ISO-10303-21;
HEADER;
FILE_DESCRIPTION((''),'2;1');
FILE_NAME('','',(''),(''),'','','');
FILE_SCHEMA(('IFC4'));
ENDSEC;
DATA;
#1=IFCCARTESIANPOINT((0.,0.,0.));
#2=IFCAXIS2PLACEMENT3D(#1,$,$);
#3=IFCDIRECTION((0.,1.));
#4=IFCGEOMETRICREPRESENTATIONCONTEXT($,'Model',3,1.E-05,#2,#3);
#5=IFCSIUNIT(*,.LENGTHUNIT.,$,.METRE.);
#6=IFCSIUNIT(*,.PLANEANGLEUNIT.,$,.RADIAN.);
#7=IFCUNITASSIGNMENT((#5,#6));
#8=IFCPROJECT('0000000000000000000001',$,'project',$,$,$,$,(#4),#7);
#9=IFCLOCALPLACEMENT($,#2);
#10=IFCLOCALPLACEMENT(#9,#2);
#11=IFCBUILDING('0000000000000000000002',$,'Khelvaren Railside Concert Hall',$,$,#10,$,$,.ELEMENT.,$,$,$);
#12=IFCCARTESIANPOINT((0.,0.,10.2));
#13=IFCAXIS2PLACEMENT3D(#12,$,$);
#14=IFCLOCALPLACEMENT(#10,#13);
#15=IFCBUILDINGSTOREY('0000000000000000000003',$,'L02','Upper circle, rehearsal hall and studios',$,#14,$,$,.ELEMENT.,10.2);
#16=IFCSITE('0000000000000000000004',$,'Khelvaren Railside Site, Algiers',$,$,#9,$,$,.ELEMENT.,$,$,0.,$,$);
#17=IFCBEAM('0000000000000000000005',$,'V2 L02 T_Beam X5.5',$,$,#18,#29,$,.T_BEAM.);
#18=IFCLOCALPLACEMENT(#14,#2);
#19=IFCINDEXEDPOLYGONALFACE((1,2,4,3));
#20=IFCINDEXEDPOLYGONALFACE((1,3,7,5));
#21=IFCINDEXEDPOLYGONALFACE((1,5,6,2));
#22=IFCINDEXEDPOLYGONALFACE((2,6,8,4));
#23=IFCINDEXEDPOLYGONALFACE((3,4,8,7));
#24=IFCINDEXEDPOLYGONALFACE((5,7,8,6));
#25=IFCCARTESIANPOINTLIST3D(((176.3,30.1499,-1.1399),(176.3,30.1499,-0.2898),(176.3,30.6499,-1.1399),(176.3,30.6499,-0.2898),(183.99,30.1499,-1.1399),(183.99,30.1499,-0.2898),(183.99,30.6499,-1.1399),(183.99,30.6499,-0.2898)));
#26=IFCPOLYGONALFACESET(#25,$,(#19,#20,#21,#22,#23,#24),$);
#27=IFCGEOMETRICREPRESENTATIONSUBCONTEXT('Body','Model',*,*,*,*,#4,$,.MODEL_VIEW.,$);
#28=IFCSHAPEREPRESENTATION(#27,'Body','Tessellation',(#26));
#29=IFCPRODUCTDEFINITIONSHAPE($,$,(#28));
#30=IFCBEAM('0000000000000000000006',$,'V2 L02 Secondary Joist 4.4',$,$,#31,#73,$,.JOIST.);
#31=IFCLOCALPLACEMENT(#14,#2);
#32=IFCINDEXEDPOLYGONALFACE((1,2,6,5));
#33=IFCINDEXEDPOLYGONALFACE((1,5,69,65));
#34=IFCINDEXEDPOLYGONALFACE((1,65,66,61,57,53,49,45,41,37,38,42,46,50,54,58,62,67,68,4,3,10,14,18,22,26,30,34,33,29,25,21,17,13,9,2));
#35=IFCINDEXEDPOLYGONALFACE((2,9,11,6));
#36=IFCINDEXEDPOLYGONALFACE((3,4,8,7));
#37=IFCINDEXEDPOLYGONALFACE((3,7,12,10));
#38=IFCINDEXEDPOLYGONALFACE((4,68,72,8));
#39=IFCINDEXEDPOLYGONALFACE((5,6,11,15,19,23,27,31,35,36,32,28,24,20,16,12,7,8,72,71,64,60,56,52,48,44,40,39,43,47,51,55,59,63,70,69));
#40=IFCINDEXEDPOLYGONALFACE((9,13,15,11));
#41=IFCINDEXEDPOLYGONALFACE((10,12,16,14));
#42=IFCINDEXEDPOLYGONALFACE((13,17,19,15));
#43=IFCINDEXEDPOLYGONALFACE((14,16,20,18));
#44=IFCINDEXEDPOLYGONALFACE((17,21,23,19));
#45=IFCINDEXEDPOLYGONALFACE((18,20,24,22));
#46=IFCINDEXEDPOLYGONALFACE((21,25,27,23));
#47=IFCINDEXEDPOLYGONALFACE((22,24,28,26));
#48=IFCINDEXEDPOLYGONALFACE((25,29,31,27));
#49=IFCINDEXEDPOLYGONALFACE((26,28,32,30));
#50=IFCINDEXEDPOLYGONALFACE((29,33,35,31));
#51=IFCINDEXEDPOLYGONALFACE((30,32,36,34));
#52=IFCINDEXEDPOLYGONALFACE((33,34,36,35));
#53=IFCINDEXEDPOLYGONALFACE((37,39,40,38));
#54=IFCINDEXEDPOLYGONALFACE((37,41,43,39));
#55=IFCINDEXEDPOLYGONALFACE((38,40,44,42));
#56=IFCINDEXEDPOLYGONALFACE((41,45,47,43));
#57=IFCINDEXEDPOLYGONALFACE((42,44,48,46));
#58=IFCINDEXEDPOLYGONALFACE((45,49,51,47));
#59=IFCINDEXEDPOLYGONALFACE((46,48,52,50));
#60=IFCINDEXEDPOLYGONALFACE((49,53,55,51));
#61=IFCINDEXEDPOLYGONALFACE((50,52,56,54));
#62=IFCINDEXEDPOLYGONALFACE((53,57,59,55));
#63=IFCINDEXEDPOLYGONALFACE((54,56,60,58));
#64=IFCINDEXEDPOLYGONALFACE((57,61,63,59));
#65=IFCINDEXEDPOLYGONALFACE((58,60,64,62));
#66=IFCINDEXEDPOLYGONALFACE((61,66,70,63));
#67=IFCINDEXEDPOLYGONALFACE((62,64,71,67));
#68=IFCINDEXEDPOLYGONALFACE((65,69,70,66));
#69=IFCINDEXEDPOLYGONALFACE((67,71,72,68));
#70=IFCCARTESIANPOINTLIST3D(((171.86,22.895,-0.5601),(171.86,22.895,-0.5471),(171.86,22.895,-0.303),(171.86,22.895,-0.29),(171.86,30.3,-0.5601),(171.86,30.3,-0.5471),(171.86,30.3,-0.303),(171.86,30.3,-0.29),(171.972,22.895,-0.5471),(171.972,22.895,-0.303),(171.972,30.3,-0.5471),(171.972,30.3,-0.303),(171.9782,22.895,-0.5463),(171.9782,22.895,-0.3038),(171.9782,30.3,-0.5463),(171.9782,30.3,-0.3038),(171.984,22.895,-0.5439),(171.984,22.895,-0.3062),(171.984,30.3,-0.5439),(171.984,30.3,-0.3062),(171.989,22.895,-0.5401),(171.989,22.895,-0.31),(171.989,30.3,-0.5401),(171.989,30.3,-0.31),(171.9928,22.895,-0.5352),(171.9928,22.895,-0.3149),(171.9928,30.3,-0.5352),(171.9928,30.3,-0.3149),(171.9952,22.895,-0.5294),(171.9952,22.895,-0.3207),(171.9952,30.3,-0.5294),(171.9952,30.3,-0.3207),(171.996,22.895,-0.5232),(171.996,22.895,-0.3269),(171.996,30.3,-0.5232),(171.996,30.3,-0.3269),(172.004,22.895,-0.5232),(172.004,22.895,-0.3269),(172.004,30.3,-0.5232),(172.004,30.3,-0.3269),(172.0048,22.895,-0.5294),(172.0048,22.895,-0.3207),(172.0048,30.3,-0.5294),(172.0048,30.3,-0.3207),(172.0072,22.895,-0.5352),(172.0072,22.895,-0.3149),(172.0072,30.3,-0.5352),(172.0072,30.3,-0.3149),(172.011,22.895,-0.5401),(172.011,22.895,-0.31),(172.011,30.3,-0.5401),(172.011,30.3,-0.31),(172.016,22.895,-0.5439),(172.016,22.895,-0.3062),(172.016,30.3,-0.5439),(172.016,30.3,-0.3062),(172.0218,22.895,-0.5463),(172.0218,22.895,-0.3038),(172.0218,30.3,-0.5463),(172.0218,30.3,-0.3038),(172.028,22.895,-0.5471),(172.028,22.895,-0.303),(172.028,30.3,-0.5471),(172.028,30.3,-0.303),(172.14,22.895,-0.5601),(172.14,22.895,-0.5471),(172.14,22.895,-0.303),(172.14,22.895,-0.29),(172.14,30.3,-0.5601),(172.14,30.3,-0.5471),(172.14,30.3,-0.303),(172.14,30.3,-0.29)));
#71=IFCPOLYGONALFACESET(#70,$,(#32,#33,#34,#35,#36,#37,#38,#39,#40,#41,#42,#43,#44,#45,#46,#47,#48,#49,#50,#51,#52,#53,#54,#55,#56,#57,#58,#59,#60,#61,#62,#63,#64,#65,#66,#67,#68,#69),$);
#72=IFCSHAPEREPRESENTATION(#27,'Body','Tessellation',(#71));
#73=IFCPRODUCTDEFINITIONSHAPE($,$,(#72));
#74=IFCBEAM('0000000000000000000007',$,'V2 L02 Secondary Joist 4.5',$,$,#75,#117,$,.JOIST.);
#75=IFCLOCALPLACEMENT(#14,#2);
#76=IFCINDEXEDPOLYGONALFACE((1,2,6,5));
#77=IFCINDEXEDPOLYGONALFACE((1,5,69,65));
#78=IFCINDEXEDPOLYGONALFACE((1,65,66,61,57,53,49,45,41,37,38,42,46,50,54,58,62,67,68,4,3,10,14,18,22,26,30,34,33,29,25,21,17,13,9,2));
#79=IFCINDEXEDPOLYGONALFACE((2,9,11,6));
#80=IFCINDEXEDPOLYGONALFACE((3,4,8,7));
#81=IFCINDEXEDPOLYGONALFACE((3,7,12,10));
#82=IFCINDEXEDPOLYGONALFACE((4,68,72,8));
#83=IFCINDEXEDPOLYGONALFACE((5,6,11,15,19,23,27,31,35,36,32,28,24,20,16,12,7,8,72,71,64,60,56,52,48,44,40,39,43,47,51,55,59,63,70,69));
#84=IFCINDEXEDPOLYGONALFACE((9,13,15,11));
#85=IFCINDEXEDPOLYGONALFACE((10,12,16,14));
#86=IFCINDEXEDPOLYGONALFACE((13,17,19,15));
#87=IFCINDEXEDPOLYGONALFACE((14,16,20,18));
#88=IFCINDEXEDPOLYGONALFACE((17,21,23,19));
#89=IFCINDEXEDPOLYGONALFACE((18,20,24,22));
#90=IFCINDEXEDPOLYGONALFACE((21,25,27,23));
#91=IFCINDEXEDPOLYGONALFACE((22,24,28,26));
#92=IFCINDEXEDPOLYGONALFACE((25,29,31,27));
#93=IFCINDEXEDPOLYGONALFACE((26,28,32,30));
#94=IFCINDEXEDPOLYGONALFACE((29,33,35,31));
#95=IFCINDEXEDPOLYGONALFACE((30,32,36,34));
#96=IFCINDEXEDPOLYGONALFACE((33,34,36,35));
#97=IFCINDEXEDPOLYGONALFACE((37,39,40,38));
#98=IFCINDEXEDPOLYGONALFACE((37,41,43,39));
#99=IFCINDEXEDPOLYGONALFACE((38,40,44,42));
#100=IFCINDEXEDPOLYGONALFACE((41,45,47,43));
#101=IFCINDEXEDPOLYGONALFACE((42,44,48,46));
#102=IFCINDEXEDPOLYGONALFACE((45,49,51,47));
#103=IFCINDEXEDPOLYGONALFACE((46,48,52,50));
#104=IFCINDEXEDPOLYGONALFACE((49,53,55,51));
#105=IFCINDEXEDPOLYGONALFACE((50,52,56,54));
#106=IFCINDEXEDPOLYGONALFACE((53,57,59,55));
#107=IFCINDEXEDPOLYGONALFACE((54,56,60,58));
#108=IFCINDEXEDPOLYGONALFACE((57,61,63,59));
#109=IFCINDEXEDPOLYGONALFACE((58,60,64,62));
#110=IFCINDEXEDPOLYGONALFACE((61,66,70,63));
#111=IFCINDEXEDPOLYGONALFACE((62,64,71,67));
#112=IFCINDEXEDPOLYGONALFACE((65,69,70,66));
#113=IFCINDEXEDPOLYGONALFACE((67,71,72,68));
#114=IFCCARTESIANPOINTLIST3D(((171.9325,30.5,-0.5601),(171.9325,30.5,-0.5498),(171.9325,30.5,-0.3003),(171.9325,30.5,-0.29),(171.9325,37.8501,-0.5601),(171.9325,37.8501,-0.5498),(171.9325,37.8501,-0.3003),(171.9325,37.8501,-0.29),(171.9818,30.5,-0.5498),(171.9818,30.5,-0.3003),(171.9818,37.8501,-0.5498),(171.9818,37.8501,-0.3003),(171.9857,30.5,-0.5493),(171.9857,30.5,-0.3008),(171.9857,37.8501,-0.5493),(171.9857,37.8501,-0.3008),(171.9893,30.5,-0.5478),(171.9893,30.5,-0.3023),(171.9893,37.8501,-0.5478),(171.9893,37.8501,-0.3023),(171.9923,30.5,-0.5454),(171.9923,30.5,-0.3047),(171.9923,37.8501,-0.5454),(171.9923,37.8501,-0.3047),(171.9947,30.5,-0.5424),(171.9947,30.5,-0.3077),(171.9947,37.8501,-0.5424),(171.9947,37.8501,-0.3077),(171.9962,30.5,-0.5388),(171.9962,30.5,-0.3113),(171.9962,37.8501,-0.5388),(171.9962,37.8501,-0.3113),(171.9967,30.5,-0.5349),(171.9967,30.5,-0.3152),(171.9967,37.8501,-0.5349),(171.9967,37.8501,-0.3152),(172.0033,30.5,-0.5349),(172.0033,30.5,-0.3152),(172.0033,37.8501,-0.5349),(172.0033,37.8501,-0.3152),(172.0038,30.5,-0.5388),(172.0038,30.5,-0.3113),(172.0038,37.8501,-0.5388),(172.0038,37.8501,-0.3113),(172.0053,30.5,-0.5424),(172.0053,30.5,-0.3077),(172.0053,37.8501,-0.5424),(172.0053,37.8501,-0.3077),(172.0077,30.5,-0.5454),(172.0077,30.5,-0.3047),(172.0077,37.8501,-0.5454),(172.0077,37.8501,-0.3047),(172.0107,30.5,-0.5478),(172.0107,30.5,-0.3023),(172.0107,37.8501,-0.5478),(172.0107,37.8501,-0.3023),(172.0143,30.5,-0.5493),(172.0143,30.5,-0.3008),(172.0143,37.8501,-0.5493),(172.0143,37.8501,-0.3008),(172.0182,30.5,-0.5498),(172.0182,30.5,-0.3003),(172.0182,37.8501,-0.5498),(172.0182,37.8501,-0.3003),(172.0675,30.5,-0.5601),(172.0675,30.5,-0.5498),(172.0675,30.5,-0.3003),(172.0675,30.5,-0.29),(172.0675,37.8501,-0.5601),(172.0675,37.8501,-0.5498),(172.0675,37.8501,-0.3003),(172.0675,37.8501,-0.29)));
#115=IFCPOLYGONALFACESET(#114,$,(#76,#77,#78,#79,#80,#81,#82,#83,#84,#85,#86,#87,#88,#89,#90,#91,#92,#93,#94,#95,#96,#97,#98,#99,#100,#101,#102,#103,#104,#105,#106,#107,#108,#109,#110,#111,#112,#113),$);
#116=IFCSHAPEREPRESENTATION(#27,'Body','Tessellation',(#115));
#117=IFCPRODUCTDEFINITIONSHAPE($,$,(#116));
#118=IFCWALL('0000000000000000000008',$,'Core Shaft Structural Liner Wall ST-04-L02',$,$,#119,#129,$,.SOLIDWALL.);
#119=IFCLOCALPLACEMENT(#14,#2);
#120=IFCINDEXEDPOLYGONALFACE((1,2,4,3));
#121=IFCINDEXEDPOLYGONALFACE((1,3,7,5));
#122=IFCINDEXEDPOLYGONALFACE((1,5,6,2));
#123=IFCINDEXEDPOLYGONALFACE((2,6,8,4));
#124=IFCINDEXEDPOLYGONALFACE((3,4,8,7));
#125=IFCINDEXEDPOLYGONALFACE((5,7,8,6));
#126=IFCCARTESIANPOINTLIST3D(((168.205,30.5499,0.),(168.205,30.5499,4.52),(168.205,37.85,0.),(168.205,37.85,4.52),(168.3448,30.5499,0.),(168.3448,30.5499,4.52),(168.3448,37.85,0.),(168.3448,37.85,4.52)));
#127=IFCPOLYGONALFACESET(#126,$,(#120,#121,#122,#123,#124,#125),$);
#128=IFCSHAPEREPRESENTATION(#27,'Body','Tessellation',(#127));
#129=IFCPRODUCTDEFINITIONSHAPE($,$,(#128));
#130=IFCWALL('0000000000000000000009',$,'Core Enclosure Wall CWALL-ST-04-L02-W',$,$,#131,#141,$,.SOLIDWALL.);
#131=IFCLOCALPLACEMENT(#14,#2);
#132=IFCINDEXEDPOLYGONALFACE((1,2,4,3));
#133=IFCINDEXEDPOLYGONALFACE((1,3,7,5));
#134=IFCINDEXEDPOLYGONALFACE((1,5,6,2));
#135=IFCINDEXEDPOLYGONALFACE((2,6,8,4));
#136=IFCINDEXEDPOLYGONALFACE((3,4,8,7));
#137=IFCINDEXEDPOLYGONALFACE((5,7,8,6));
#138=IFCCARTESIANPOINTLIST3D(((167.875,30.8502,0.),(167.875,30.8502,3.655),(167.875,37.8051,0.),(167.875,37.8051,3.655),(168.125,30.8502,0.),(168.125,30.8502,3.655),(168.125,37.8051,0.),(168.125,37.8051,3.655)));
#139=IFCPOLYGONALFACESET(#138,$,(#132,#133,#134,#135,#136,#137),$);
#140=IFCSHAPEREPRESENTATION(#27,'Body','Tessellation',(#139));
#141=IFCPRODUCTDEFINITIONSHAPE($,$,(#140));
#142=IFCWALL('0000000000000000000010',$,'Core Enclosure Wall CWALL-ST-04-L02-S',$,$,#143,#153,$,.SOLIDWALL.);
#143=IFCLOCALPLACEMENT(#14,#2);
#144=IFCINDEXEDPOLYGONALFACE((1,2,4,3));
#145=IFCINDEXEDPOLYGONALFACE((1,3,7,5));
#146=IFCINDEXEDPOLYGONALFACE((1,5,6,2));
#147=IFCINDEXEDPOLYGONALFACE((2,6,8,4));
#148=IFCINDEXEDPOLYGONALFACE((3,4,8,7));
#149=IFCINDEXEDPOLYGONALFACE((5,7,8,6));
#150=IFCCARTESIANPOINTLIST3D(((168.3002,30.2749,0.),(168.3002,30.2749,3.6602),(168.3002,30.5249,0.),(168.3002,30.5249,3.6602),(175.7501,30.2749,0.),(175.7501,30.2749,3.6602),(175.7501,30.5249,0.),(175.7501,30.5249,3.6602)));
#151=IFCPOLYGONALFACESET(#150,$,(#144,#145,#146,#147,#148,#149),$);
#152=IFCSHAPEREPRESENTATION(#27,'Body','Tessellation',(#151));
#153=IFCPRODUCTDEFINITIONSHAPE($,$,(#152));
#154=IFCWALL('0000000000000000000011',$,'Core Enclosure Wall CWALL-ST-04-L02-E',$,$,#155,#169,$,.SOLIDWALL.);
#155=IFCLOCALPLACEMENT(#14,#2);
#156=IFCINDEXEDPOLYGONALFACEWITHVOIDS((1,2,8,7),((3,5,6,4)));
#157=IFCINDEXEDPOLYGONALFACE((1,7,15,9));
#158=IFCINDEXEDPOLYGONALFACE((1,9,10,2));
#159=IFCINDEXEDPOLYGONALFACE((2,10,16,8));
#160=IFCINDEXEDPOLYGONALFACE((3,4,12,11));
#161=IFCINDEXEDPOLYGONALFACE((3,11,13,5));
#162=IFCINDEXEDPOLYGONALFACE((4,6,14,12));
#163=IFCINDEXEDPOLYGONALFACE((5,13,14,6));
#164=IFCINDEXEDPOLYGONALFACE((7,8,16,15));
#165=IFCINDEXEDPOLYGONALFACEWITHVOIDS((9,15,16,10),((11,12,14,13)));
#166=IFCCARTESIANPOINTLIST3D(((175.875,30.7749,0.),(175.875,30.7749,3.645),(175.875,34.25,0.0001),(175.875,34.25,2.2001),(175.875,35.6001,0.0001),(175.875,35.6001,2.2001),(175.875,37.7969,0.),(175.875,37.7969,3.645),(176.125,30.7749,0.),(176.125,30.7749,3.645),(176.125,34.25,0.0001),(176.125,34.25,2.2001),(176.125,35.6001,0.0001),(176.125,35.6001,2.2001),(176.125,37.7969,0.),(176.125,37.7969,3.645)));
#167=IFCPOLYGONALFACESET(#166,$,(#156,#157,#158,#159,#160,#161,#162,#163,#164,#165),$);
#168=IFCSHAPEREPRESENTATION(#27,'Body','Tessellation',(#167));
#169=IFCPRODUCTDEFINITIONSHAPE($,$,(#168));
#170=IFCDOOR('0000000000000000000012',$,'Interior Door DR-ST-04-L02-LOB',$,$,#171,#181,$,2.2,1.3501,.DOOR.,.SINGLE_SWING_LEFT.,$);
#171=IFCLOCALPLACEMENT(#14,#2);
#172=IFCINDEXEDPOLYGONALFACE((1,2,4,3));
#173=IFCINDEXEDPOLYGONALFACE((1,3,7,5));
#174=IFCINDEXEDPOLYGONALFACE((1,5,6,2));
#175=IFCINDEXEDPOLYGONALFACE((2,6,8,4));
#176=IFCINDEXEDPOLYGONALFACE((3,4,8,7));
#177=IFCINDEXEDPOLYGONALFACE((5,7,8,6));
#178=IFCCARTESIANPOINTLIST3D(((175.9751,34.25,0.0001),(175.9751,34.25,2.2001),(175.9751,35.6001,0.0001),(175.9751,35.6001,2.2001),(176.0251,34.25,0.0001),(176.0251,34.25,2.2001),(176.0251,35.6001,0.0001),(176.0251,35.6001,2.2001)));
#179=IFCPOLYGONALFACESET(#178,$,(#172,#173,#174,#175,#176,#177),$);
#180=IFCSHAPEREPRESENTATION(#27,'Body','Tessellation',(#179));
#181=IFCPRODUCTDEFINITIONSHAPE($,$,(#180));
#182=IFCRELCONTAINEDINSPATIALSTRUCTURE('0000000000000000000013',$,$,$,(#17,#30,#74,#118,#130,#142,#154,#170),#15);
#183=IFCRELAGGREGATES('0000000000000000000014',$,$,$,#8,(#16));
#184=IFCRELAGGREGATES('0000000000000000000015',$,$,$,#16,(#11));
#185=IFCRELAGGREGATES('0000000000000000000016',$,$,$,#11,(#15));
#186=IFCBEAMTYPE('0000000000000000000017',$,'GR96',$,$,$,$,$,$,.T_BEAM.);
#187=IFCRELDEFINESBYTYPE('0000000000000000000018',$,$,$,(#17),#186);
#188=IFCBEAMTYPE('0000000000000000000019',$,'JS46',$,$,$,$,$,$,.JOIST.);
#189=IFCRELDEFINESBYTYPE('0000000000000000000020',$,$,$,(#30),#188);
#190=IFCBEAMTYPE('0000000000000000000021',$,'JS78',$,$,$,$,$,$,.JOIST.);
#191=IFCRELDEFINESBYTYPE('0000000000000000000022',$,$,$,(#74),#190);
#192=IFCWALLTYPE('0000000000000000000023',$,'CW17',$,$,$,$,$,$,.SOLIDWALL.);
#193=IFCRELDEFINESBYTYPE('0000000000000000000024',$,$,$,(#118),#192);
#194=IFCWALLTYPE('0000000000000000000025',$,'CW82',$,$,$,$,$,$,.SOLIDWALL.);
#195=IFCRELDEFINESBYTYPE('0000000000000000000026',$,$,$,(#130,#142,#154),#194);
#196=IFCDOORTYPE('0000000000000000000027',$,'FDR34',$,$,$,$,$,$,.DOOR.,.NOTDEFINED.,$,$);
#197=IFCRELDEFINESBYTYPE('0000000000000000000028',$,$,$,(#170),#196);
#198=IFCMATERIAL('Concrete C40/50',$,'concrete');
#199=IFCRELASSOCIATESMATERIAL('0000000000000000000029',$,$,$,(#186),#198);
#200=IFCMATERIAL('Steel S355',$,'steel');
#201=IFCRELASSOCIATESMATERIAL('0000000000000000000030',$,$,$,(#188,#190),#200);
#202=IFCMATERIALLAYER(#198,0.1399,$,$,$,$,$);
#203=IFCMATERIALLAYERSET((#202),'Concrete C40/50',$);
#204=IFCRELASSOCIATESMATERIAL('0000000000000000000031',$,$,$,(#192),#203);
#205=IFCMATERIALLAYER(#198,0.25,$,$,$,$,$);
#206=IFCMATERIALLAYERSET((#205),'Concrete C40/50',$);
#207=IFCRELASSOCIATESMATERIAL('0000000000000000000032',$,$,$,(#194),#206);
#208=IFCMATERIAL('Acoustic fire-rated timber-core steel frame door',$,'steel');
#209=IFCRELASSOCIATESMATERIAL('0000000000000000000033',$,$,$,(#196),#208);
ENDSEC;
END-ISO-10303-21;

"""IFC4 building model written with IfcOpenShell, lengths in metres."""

from ifc_helpers import new_model, si_unit, direction, frame, frame_2d, origin, origin_2d, place, context, subcontext, project, spatial, rectangle, i_section, extrude, material, layer, layer_set, material_profile, profile_set, type_object, element, fill, save


model = new_model("IFC4")

# Units and contexts
model_context = context("Model", 3, precision=1e-05, world=origin(), true_north=direction((0.0, 1.0)))
body_context = subcontext(model_context, "Body", "Model", "MODEL_VIEW")
ifc_project = project(units=[si_unit("LENGTHUNIT", "METRE"), si_unit("PLANEANGLEUNIT", "RADIAN")], contexts=[model_context])

# Site, building, storey
site_placement = place(None, origin())
site = spatial("IfcSite", under=ifc_project, at=site_placement, Name="Khelvaren Railside Site, Algiers", CompositionType="ELEMENT", RefElevation=0.0)
building_placement = place(site_placement, origin())
building = spatial("IfcBuilding", under=site, at=building_placement, Name="Khelvaren Railside Concert Hall", CompositionType="ELEMENT")
storey_placement = place(building_placement, frame((0.0, 0.0, 10.2)))
storey = spatial("IfcBuildingStorey", under=building, at=storey_placement, Name="L02", Description="Upper circle, rehearsal hall and studios", CompositionType="ELEMENT", Elevation=10.2)

# Beams
ifc_material_1 = material(Name="Steel S355", Category="steel")
ifc_material_2 = material(Name="Concrete C40/50", Category="concrete")
ifc_material_profile_1 = material_profile(ifc_material_2, rectangle(XDim=0.5, YDim=0.8501, at=origin_2d()), Name="RCB 500x850")
ifc_profile_set_1 = profile_set([ifc_material_profile_1], Name="Concrete C40/50")
beam_type_1 = type_object("IfcBeamType", Name="GR96", PredefinedType="T_BEAM", material=ifc_profile_set_1)
beam_1_placement = place(storey_placement, frame((176.3, 30.3999, -0.7148), z_axis=(1.0, 0.0, 0.0), x_axis=(0.0, 1.0, 0.0)))
element("IfcBeam", 1, at=beam_1_placement, inside=storey, type_object=beam_type_1, Name="V2 L02 T_Beam X5.5", PredefinedType="T_BEAM", context=body_context, shape_type="SweptSolid", body=[
    extrude(rectangle(XDim=0.5, YDim=0.8501, at=origin_2d()), origin(), (0.0, 0.0, 1.0), 7.6899),
])
ifc_material_profile_2 = material_profile(ifc_material_1, i_section(OverallWidth=0.28, OverallDepth=0.27, WebThickness=0.0081, FlangeThickness=0.0129, FilletRadius=0.0239, at=origin_2d()), Name="HEA 280")
ifc_profile_set_2 = profile_set([ifc_material_profile_2], Name="Steel S355")
beam_type_2 = type_object("IfcBeamType", Name="JS46", PredefinedType="JOIST", material=ifc_profile_set_2)
beam_2_placement = place(storey_placement, frame((172.0, 22.895, -0.425), z_axis=(0.0, 1.0, 0.0), x_axis=(-1.0, 0.0, 0.0)))
element("IfcBeam", 2, at=beam_2_placement, inside=storey, type_object=beam_type_2, Name="V2 L02 Secondary Joist 4.4", PredefinedType="JOIST", context=body_context, shape_type="SweptSolid", body=[
    extrude(i_section(OverallWidth=0.28, OverallDepth=0.27, WebThickness=0.0081, FlangeThickness=0.0129, FilletRadius=0.0239, at=origin_2d()), origin(), (0.0, 0.0, 1.0), 7.405),
])
ifc_material_profile_3 = material_profile(ifc_material_1, i_section(OverallWidth=0.135, OverallDepth=0.27, WebThickness=0.0066, FlangeThickness=0.0103, FilletRadius=0.0149, at=origin_2d()), Name="IPE 270")
ifc_profile_set_3 = profile_set([ifc_material_profile_3], Name="Steel S355")
beam_type_3 = type_object("IfcBeamType", Name="JS78", PredefinedType="JOIST", material=ifc_profile_set_3)
beam_3_placement = place(storey_placement, frame((172.0, 30.5, -0.425), z_axis=(0.0, 1.0, 0.0), x_axis=(-1.0, 0.0, 0.0)))
element("IfcBeam", 3, at=beam_3_placement, inside=storey, type_object=beam_type_3, Name="V2 L02 Secondary Joist 4.5", PredefinedType="JOIST", context=body_context, shape_type="SweptSolid", body=[
    extrude(i_section(OverallWidth=0.135, OverallDepth=0.27, WebThickness=0.0066, FlangeThickness=0.0103, FilletRadius=0.0149, at=origin_2d()), origin(), (0.0, 0.0, 1.0), 7.3501),
])

# Walls
ifc_layer_1 = layer(ifc_material_2, 0.1399)
ifc_layer_set_1 = layer_set([ifc_layer_1], Name="Concrete C40/50")
wall_type_1 = type_object("IfcWallType", Name="CW17", PredefinedType="SOLIDWALL", material=ifc_layer_set_1)
wall_1_placement = place(storey_placement, frame((168.2749, 30.55, 0.0), z_axis=(0.0, 0.0, 1.0), x_axis=(0.0, 1.0, 0.0)))
element("IfcWall", 4, at=wall_1_placement, inside=storey, type_object=wall_type_1, Name="Core Shaft Structural Liner Wall ST-04-L02", PredefinedType="SOLIDWALL", context=body_context, shape_type="SweptSolid", body=[
    extrude(rectangle(XDim=7.3, YDim=0.1399, at=frame_2d((3.6499, 0.0))), origin(), (0.0, 0.0, 1.0), 4.52),
])
ifc_layer_2 = layer(ifc_material_2, 0.25)
ifc_layer_set_2 = layer_set([ifc_layer_2], Name="Concrete C40/50")
wall_type_2 = type_object("IfcWallType", Name="CW82", PredefinedType="SOLIDWALL", material=ifc_layer_set_2)
wall_2_placement = place(storey_placement, frame((168.0, 30.8501, 0.0), z_axis=(0.0, 0.0, 1.0), x_axis=(0.0, 1.0, 0.0)))
element("IfcWall", 5, at=wall_2_placement, inside=storey, type_object=wall_type_2, Name="Core Enclosure Wall CWALL-ST-04-L02-W", PredefinedType="SOLIDWALL", context=body_context, shape_type="SweptSolid", body=[
    extrude(rectangle(XDim=6.9548, YDim=0.25, at=frame_2d((3.4775, 0.0))), origin(), (0.0, 0.0, 1.0), 3.655),
])
wall_3_placement = place(storey_placement, frame((168.3, 30.3999, 0.0), z_axis=(0.0, 0.0, 1.0), x_axis=(1.0, 0.0, 0.0)))
element("IfcWall", 6, at=wall_3_placement, inside=storey, type_object=wall_type_2, Name="Core Enclosure Wall CWALL-ST-04-L02-S", PredefinedType="SOLIDWALL", context=body_context, shape_type="SweptSolid", body=[
    extrude(rectangle(XDim=7.45, YDim=0.25, at=frame_2d((3.7251, 0.0))), origin(), (0.0, 0.0, 1.0), 3.6602),
])

# Wall, opening, door
wall_4_placement = place(storey_placement, frame((176.0, 30.7749, 0.0), z_axis=(0.0, 0.0, 1.0), x_axis=(0.0, 1.0, 0.0)))
wall_4 = element("IfcWall", 7, at=wall_4_placement, inside=storey, type_object=wall_type_2, Name="Core Enclosure Wall CWALL-ST-04-L02-E", PredefinedType="SOLIDWALL", context=body_context, shape_type="SweptSolid", body=[
    extrude(rectangle(XDim=7.022, YDim=0.25, at=frame_2d((3.511, 0.0))), origin(), (0.0, 0.0, 1.0), 3.645),
])
opening_1_placement = place(wall_4_placement, frame((3.4751, 0.0, 0.0)))
opening_1 = element("IfcOpeningElement", 8, at=opening_1_placement, cuts=wall_4, PredefinedType="OPENING", context=body_context, shape_type="SweptSolid", body=[
    extrude(rectangle(XDim=1.3501, YDim=2.2, at=frame_2d((0.675, 1.1001))), frame((0.0, 0.135, 0.0), z_axis=(0.0, -1.0, 0.0), x_axis=(1.0, 0.0, 0.0)), (0.0, 0.0, 1.0), 0.27),
])
ifc_material_3 = material(Name="Acoustic fire-rated timber-core steel frame door", Category="steel")
door_type_1 = type_object("IfcDoorType", Name="FDR34", OperationType="NOTDEFINED", PredefinedType="DOOR", material=ifc_material_3)
door_1_placement = place(opening_1_placement, origin())
door_1 = element("IfcDoor", 9, at=door_1_placement, inside=storey, type_object=door_type_1, Name="Interior Door DR-ST-04-L02-LOB", OperationType="SINGLE_SWING_LEFT", OverallHeight=2.2, OverallWidth=1.3501, PredefinedType="DOOR", context=body_context, shape_type="SweptSolid", body=[
    extrude(rectangle(XDim=1.3501, YDim=2.2, at=frame_2d((0.675, 1.1001))), frame((0.0, 0.0249, 0.0), z_axis=(0.0, -1.0, 0.0), x_axis=(1.0, 0.0, 0.0)), (0.0, 0.0, 1.0), 0.05),
])
fill(opening_1, door_1)

save(model, "model.ifc")
